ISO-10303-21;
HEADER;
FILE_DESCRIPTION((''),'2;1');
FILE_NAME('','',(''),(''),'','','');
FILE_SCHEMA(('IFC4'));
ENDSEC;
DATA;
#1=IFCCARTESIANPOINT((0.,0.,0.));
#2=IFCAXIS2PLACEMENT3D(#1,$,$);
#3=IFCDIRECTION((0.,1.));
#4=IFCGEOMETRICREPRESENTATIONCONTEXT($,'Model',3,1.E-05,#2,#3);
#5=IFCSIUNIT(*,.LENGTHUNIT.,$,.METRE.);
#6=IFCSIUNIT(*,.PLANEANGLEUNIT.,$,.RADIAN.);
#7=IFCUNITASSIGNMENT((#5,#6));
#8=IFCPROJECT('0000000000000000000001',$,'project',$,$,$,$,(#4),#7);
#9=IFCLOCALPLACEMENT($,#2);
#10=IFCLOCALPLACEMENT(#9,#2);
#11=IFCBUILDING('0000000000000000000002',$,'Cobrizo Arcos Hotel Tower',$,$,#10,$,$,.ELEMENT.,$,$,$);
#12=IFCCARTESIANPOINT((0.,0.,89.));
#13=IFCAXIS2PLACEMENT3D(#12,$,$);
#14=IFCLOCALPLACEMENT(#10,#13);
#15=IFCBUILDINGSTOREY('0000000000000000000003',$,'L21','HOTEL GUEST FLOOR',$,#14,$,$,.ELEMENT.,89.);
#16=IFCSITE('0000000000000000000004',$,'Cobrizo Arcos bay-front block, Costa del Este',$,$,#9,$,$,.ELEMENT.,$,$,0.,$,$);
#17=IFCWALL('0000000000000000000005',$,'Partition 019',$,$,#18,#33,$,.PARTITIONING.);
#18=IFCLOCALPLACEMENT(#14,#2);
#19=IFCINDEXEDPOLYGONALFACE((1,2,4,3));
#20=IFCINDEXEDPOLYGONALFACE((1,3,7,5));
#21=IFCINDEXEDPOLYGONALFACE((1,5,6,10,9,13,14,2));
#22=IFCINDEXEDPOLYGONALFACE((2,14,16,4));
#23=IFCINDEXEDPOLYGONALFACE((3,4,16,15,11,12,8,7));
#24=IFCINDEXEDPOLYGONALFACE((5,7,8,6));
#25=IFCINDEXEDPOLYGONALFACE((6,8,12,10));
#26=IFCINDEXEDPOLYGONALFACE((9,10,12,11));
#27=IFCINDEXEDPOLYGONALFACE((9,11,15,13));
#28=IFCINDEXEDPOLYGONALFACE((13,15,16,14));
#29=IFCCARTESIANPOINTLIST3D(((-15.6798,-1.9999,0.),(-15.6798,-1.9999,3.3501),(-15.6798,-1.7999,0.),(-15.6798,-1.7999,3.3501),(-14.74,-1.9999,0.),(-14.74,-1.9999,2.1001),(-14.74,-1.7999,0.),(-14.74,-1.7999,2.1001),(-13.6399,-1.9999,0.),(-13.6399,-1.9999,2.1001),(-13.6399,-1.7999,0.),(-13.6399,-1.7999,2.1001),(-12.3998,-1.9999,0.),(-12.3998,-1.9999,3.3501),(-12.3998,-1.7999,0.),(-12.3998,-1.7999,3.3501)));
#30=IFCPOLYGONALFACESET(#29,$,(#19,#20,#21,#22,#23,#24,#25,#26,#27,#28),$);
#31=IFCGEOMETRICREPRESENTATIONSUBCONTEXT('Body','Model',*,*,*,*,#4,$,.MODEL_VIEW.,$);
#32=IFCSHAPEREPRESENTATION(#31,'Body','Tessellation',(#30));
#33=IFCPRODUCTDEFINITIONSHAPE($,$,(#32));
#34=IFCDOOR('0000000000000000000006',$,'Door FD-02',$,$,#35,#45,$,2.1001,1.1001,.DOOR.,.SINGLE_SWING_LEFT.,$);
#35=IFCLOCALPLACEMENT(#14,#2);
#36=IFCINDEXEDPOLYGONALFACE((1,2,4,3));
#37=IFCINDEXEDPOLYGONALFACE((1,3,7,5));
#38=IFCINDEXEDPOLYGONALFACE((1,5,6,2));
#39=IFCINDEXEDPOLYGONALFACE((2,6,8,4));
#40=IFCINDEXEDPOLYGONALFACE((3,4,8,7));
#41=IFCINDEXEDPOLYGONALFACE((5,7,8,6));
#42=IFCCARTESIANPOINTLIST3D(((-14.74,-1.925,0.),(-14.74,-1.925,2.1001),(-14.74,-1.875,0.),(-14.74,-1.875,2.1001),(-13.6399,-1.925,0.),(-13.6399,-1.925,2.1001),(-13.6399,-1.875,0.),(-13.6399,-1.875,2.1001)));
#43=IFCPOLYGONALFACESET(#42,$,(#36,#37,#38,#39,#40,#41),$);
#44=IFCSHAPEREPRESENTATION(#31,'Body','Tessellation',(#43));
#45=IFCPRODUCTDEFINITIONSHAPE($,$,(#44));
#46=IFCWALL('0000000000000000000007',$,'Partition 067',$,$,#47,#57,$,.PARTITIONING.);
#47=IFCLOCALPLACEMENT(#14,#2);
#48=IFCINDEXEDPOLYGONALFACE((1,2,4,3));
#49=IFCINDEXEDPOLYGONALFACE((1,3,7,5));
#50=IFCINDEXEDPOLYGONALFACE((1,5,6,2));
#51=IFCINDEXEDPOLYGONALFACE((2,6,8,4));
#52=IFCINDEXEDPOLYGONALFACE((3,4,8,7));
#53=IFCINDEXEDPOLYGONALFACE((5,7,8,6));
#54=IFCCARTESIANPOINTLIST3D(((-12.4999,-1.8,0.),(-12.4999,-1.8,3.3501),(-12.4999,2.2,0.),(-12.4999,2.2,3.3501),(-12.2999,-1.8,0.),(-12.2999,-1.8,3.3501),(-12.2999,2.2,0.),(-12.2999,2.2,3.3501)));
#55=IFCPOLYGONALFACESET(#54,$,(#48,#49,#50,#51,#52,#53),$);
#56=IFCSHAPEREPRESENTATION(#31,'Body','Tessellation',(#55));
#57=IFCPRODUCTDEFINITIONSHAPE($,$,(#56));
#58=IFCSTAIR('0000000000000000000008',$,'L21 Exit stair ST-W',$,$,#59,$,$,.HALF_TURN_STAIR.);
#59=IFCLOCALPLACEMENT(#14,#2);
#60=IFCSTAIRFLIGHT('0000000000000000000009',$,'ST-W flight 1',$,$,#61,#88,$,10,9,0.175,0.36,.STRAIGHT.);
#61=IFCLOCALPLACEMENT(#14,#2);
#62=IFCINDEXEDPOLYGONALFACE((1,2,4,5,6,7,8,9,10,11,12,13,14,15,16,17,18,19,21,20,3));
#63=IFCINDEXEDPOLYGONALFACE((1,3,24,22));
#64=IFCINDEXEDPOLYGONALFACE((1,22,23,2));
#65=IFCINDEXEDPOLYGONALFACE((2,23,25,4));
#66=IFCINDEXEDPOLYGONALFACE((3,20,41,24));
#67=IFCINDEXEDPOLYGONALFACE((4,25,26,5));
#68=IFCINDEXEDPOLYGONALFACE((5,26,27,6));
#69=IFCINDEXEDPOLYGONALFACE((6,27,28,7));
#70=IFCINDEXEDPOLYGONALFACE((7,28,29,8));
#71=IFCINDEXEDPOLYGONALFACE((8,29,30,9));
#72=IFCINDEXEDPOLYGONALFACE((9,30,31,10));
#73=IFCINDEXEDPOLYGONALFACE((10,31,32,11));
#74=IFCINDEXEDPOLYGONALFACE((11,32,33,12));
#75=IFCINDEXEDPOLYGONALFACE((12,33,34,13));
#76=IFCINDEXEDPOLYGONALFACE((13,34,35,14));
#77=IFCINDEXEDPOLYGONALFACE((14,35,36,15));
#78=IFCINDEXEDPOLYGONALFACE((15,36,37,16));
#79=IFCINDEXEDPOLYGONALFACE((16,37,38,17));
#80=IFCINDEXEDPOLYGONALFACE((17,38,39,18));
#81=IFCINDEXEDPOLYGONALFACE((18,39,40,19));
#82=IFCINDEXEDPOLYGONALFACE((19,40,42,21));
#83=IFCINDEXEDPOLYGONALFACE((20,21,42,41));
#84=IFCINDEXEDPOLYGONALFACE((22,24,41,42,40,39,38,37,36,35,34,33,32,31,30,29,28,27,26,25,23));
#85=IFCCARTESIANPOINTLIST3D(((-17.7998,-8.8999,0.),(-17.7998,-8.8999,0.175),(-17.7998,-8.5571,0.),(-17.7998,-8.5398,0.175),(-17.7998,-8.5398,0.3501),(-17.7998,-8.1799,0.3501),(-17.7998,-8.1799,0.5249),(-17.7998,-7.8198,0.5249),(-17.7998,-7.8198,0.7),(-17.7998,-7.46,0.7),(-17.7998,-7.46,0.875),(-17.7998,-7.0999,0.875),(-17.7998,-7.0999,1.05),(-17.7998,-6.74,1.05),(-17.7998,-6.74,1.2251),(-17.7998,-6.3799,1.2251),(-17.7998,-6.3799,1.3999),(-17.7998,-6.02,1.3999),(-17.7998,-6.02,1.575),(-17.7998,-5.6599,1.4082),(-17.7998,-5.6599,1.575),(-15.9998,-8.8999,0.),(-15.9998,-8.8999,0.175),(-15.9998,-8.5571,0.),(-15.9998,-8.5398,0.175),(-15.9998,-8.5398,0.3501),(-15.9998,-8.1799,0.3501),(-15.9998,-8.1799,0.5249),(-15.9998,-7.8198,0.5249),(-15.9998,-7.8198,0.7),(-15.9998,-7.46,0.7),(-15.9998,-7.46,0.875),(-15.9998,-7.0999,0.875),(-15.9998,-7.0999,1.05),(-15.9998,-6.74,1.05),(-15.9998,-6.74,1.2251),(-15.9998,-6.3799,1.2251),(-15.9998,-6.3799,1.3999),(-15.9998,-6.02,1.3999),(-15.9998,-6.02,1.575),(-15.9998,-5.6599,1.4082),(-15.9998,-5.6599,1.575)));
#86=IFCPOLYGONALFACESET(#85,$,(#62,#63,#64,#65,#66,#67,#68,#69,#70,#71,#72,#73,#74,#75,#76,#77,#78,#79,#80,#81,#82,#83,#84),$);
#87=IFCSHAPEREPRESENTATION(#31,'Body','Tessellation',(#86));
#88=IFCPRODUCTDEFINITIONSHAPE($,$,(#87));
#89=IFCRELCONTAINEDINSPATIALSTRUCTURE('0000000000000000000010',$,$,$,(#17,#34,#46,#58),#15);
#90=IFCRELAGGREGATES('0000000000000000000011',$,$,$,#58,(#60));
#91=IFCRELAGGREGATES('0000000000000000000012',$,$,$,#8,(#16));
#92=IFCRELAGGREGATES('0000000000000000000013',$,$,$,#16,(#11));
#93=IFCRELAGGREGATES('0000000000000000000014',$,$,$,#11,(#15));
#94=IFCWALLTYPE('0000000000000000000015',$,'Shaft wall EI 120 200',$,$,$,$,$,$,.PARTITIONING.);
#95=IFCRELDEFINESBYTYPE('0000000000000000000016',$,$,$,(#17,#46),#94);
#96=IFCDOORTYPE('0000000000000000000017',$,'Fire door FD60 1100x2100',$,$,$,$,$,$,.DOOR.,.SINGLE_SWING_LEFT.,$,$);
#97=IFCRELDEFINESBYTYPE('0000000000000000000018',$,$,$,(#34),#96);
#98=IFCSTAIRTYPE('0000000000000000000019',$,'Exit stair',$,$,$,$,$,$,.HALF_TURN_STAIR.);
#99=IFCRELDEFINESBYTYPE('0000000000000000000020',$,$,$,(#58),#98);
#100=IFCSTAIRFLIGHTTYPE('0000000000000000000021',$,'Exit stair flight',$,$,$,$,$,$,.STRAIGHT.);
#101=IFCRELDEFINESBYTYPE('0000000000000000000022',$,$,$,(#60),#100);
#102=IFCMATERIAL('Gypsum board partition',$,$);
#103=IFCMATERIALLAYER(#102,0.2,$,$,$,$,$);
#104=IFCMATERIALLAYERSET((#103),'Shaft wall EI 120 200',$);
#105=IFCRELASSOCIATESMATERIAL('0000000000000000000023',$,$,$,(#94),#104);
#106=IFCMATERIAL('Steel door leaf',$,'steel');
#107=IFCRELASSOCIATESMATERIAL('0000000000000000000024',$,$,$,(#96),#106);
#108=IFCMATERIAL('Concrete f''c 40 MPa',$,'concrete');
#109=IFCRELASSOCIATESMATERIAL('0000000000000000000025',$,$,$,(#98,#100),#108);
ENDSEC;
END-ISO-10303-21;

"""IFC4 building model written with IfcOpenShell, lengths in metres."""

from ifc_helpers import new_model, si_unit, direction, frame, frame_2d, origin, place, context, subcontext, project, spatial, polyline, rectangle, outline, extrude, material, layer, layer_set, type_object, element, fill, aggregate, save


model = new_model("IFC4")

# Units and contexts
model_context = context("Model", 3, precision=1e-05, world=origin(), true_north=direction((0.0, 1.0)))
body_context = subcontext(model_context, "Body", "Model", "MODEL_VIEW")
ifc_project = project(units=[si_unit("LENGTHUNIT", "METRE"), si_unit("PLANEANGLEUNIT", "RADIAN")], contexts=[model_context])

# Site, building, storey
site_placement = place(None, origin())
site = spatial("IfcSite", under=ifc_project, at=site_placement, Name="Cobrizo Arcos bay-front block, Costa del Este", CompositionType="ELEMENT", RefElevation=0.0)
building_placement = place(site_placement, origin())
building = spatial("IfcBuilding", under=site, at=building_placement, Name="Cobrizo Arcos Hotel Tower", CompositionType="ELEMENT")
storey_placement = place(building_placement, frame((0.0, 0.0, 89.0)))
storey = spatial("IfcBuildingStorey", under=building, at=storey_placement, Name="L21", Description="HOTEL GUEST FLOOR", CompositionType="ELEMENT", Elevation=89.0)

# Shared definitions
ifc_material_1 = material(Name="Gypsum board partition")

# Wall, opening, door
ifc_layer_1 = layer(ifc_material_1, 0.2)
ifc_layer_set_1 = layer_set([ifc_layer_1], Name="Shaft wall EI 120 200")
wall_type_1 = type_object("IfcWallType", Name="Shaft wall EI 120 200", PredefinedType="PARTITIONING", material=ifc_layer_set_1)
wall_1_placement = place(storey_placement, frame((-15.6799, -1.8999, 0.0), z_axis=(0.0, 0.0, 1.0), x_axis=(1.0, 0.0, 0.0)))
wall_1 = element("IfcWall", 1, at=wall_1_placement, inside=storey, type_object=wall_type_1, Name="Partition 019", PredefinedType="PARTITIONING", context=body_context, shape_type="SweptSolid", body=[
    extrude(rectangle(XDim=3.28, YDim=0.2, at=frame_2d((1.6401, 0.0))), origin(), (0.0, 0.0, 1.0), 3.3501),
])
opening_placement = place(wall_1_placement, frame((0.9399, 0.0, 0.0)))
opening = element("IfcOpeningElement", 2, at=opening_placement, cuts=wall_1, PredefinedType="OPENING", context=body_context, shape_type="SweptSolid", body=[
    extrude(rectangle(XDim=1.1001, YDim=2.1001, at=frame_2d((0.55, 1.05))), frame((0.0, 0.1121, 0.0), z_axis=(0.0, -1.0, 0.0), x_axis=(1.0, 0.0, 0.0)), (0.0, 0.0, 1.0), 0.2239),
])
ifc_material_2 = material(Name="Steel door leaf", Category="steel")
door_type = type_object("IfcDoorType", Name="Fire door FD60 1100x2100", OperationType="SINGLE_SWING_LEFT", PredefinedType="DOOR", material=ifc_material_2)
door_placement = place(opening_placement, origin())
door = element("IfcDoor", 3, at=door_placement, inside=storey, type_object=door_type, Name="Door FD-02", OperationType="SINGLE_SWING_LEFT", OverallHeight=2.1001, OverallWidth=1.1001, PredefinedType="DOOR", context=body_context, shape_type="SweptSolid", body=[
    extrude(rectangle(XDim=1.1001, YDim=2.1001, at=frame_2d((0.55, 1.05))), frame((0.0, 0.0249, 0.0), z_axis=(0.0, -1.0, 0.0), x_axis=(1.0, 0.0, 0.0)), (0.0, 0.0, 1.0), 0.05),
])
fill(opening, door)

# Wall
wall_2_placement = place(storey_placement, frame((-12.3999, -1.8, 0.0), z_axis=(0.0, 0.0, 1.0), x_axis=(0.0, 1.0, 0.0)))
element("IfcWall", 4, at=wall_2_placement, inside=storey, type_object=wall_type_1, Name="Partition 067", PredefinedType="PARTITIONING", context=body_context, shape_type="SweptSolid", body=[
    extrude(rectangle(XDim=4.0, YDim=0.2, at=frame_2d((2.0, 0.0))), origin(), (0.0, 0.0, 1.0), 3.3501),
])

# Stair, stair flight
ifc_material_3 = material(Name="Concrete f'c 40 MPa", Category="concrete")
stair_type = type_object("IfcStairType", Name="Exit stair", PredefinedType="HALF_TURN_STAIR", material=ifc_material_3)
stair_placement = place(storey_placement, origin())
stair = element("IfcStair", 5, at=stair_placement, inside=storey, type_object=stair_type, Name="L21 Exit stair ST-W", PredefinedType="HALF_TURN_STAIR")
stair_flight_type = type_object("IfcStairFlightType", Name="Exit stair flight", PredefinedType="STRAIGHT", material=ifc_material_3)
stair_flight_placement = place(storey_placement, frame((-16.8999, -8.8999, 0.0), z_axis=(0.0, 0.0, 1.0), x_axis=(0.0, 1.0, 0.0)))
stair_flight = element("IfcStairFlight", 6, at=stair_flight_placement, type_object=stair_flight_type, Name="ST-W flight 1", NumberOfRisers=10, NumberOfTreads=9, PredefinedType="STRAIGHT", RiserHeight=0.175, TreadLength=0.36, context=body_context, shape_type="SweptSolid", body=[
    extrude(outline(polyline([(0.0, 0.0), (0.0, 0.175), (0.3601, 0.175), (0.3601, 0.3501), (0.72, 0.3501), (0.72, 0.5249), (1.0801, 0.5249), (1.0801, 0.7), (1.4399, 0.7), (1.4399, 0.875), (1.8, 0.875), (1.8, 1.05), (2.1599, 1.05), (2.1599, 1.2251), (2.52, 1.2251), (2.52, 1.3999), (2.8799, 1.3999), (2.8799, 1.575), (3.24, 1.575), (3.24, 1.75), (3.24, 1.4082), (0.3428, 0.0), (0.0, 0.0)])), frame((0.0, 0.8999, 0.0), z_axis=(0.0, -1.0, 0.0), x_axis=(1.0, 0.0, 0.0)), (0.0, 0.0, 1.0), 1.8),
])
aggregate(stair, [stair_flight])

save(model, "model.ifc")
